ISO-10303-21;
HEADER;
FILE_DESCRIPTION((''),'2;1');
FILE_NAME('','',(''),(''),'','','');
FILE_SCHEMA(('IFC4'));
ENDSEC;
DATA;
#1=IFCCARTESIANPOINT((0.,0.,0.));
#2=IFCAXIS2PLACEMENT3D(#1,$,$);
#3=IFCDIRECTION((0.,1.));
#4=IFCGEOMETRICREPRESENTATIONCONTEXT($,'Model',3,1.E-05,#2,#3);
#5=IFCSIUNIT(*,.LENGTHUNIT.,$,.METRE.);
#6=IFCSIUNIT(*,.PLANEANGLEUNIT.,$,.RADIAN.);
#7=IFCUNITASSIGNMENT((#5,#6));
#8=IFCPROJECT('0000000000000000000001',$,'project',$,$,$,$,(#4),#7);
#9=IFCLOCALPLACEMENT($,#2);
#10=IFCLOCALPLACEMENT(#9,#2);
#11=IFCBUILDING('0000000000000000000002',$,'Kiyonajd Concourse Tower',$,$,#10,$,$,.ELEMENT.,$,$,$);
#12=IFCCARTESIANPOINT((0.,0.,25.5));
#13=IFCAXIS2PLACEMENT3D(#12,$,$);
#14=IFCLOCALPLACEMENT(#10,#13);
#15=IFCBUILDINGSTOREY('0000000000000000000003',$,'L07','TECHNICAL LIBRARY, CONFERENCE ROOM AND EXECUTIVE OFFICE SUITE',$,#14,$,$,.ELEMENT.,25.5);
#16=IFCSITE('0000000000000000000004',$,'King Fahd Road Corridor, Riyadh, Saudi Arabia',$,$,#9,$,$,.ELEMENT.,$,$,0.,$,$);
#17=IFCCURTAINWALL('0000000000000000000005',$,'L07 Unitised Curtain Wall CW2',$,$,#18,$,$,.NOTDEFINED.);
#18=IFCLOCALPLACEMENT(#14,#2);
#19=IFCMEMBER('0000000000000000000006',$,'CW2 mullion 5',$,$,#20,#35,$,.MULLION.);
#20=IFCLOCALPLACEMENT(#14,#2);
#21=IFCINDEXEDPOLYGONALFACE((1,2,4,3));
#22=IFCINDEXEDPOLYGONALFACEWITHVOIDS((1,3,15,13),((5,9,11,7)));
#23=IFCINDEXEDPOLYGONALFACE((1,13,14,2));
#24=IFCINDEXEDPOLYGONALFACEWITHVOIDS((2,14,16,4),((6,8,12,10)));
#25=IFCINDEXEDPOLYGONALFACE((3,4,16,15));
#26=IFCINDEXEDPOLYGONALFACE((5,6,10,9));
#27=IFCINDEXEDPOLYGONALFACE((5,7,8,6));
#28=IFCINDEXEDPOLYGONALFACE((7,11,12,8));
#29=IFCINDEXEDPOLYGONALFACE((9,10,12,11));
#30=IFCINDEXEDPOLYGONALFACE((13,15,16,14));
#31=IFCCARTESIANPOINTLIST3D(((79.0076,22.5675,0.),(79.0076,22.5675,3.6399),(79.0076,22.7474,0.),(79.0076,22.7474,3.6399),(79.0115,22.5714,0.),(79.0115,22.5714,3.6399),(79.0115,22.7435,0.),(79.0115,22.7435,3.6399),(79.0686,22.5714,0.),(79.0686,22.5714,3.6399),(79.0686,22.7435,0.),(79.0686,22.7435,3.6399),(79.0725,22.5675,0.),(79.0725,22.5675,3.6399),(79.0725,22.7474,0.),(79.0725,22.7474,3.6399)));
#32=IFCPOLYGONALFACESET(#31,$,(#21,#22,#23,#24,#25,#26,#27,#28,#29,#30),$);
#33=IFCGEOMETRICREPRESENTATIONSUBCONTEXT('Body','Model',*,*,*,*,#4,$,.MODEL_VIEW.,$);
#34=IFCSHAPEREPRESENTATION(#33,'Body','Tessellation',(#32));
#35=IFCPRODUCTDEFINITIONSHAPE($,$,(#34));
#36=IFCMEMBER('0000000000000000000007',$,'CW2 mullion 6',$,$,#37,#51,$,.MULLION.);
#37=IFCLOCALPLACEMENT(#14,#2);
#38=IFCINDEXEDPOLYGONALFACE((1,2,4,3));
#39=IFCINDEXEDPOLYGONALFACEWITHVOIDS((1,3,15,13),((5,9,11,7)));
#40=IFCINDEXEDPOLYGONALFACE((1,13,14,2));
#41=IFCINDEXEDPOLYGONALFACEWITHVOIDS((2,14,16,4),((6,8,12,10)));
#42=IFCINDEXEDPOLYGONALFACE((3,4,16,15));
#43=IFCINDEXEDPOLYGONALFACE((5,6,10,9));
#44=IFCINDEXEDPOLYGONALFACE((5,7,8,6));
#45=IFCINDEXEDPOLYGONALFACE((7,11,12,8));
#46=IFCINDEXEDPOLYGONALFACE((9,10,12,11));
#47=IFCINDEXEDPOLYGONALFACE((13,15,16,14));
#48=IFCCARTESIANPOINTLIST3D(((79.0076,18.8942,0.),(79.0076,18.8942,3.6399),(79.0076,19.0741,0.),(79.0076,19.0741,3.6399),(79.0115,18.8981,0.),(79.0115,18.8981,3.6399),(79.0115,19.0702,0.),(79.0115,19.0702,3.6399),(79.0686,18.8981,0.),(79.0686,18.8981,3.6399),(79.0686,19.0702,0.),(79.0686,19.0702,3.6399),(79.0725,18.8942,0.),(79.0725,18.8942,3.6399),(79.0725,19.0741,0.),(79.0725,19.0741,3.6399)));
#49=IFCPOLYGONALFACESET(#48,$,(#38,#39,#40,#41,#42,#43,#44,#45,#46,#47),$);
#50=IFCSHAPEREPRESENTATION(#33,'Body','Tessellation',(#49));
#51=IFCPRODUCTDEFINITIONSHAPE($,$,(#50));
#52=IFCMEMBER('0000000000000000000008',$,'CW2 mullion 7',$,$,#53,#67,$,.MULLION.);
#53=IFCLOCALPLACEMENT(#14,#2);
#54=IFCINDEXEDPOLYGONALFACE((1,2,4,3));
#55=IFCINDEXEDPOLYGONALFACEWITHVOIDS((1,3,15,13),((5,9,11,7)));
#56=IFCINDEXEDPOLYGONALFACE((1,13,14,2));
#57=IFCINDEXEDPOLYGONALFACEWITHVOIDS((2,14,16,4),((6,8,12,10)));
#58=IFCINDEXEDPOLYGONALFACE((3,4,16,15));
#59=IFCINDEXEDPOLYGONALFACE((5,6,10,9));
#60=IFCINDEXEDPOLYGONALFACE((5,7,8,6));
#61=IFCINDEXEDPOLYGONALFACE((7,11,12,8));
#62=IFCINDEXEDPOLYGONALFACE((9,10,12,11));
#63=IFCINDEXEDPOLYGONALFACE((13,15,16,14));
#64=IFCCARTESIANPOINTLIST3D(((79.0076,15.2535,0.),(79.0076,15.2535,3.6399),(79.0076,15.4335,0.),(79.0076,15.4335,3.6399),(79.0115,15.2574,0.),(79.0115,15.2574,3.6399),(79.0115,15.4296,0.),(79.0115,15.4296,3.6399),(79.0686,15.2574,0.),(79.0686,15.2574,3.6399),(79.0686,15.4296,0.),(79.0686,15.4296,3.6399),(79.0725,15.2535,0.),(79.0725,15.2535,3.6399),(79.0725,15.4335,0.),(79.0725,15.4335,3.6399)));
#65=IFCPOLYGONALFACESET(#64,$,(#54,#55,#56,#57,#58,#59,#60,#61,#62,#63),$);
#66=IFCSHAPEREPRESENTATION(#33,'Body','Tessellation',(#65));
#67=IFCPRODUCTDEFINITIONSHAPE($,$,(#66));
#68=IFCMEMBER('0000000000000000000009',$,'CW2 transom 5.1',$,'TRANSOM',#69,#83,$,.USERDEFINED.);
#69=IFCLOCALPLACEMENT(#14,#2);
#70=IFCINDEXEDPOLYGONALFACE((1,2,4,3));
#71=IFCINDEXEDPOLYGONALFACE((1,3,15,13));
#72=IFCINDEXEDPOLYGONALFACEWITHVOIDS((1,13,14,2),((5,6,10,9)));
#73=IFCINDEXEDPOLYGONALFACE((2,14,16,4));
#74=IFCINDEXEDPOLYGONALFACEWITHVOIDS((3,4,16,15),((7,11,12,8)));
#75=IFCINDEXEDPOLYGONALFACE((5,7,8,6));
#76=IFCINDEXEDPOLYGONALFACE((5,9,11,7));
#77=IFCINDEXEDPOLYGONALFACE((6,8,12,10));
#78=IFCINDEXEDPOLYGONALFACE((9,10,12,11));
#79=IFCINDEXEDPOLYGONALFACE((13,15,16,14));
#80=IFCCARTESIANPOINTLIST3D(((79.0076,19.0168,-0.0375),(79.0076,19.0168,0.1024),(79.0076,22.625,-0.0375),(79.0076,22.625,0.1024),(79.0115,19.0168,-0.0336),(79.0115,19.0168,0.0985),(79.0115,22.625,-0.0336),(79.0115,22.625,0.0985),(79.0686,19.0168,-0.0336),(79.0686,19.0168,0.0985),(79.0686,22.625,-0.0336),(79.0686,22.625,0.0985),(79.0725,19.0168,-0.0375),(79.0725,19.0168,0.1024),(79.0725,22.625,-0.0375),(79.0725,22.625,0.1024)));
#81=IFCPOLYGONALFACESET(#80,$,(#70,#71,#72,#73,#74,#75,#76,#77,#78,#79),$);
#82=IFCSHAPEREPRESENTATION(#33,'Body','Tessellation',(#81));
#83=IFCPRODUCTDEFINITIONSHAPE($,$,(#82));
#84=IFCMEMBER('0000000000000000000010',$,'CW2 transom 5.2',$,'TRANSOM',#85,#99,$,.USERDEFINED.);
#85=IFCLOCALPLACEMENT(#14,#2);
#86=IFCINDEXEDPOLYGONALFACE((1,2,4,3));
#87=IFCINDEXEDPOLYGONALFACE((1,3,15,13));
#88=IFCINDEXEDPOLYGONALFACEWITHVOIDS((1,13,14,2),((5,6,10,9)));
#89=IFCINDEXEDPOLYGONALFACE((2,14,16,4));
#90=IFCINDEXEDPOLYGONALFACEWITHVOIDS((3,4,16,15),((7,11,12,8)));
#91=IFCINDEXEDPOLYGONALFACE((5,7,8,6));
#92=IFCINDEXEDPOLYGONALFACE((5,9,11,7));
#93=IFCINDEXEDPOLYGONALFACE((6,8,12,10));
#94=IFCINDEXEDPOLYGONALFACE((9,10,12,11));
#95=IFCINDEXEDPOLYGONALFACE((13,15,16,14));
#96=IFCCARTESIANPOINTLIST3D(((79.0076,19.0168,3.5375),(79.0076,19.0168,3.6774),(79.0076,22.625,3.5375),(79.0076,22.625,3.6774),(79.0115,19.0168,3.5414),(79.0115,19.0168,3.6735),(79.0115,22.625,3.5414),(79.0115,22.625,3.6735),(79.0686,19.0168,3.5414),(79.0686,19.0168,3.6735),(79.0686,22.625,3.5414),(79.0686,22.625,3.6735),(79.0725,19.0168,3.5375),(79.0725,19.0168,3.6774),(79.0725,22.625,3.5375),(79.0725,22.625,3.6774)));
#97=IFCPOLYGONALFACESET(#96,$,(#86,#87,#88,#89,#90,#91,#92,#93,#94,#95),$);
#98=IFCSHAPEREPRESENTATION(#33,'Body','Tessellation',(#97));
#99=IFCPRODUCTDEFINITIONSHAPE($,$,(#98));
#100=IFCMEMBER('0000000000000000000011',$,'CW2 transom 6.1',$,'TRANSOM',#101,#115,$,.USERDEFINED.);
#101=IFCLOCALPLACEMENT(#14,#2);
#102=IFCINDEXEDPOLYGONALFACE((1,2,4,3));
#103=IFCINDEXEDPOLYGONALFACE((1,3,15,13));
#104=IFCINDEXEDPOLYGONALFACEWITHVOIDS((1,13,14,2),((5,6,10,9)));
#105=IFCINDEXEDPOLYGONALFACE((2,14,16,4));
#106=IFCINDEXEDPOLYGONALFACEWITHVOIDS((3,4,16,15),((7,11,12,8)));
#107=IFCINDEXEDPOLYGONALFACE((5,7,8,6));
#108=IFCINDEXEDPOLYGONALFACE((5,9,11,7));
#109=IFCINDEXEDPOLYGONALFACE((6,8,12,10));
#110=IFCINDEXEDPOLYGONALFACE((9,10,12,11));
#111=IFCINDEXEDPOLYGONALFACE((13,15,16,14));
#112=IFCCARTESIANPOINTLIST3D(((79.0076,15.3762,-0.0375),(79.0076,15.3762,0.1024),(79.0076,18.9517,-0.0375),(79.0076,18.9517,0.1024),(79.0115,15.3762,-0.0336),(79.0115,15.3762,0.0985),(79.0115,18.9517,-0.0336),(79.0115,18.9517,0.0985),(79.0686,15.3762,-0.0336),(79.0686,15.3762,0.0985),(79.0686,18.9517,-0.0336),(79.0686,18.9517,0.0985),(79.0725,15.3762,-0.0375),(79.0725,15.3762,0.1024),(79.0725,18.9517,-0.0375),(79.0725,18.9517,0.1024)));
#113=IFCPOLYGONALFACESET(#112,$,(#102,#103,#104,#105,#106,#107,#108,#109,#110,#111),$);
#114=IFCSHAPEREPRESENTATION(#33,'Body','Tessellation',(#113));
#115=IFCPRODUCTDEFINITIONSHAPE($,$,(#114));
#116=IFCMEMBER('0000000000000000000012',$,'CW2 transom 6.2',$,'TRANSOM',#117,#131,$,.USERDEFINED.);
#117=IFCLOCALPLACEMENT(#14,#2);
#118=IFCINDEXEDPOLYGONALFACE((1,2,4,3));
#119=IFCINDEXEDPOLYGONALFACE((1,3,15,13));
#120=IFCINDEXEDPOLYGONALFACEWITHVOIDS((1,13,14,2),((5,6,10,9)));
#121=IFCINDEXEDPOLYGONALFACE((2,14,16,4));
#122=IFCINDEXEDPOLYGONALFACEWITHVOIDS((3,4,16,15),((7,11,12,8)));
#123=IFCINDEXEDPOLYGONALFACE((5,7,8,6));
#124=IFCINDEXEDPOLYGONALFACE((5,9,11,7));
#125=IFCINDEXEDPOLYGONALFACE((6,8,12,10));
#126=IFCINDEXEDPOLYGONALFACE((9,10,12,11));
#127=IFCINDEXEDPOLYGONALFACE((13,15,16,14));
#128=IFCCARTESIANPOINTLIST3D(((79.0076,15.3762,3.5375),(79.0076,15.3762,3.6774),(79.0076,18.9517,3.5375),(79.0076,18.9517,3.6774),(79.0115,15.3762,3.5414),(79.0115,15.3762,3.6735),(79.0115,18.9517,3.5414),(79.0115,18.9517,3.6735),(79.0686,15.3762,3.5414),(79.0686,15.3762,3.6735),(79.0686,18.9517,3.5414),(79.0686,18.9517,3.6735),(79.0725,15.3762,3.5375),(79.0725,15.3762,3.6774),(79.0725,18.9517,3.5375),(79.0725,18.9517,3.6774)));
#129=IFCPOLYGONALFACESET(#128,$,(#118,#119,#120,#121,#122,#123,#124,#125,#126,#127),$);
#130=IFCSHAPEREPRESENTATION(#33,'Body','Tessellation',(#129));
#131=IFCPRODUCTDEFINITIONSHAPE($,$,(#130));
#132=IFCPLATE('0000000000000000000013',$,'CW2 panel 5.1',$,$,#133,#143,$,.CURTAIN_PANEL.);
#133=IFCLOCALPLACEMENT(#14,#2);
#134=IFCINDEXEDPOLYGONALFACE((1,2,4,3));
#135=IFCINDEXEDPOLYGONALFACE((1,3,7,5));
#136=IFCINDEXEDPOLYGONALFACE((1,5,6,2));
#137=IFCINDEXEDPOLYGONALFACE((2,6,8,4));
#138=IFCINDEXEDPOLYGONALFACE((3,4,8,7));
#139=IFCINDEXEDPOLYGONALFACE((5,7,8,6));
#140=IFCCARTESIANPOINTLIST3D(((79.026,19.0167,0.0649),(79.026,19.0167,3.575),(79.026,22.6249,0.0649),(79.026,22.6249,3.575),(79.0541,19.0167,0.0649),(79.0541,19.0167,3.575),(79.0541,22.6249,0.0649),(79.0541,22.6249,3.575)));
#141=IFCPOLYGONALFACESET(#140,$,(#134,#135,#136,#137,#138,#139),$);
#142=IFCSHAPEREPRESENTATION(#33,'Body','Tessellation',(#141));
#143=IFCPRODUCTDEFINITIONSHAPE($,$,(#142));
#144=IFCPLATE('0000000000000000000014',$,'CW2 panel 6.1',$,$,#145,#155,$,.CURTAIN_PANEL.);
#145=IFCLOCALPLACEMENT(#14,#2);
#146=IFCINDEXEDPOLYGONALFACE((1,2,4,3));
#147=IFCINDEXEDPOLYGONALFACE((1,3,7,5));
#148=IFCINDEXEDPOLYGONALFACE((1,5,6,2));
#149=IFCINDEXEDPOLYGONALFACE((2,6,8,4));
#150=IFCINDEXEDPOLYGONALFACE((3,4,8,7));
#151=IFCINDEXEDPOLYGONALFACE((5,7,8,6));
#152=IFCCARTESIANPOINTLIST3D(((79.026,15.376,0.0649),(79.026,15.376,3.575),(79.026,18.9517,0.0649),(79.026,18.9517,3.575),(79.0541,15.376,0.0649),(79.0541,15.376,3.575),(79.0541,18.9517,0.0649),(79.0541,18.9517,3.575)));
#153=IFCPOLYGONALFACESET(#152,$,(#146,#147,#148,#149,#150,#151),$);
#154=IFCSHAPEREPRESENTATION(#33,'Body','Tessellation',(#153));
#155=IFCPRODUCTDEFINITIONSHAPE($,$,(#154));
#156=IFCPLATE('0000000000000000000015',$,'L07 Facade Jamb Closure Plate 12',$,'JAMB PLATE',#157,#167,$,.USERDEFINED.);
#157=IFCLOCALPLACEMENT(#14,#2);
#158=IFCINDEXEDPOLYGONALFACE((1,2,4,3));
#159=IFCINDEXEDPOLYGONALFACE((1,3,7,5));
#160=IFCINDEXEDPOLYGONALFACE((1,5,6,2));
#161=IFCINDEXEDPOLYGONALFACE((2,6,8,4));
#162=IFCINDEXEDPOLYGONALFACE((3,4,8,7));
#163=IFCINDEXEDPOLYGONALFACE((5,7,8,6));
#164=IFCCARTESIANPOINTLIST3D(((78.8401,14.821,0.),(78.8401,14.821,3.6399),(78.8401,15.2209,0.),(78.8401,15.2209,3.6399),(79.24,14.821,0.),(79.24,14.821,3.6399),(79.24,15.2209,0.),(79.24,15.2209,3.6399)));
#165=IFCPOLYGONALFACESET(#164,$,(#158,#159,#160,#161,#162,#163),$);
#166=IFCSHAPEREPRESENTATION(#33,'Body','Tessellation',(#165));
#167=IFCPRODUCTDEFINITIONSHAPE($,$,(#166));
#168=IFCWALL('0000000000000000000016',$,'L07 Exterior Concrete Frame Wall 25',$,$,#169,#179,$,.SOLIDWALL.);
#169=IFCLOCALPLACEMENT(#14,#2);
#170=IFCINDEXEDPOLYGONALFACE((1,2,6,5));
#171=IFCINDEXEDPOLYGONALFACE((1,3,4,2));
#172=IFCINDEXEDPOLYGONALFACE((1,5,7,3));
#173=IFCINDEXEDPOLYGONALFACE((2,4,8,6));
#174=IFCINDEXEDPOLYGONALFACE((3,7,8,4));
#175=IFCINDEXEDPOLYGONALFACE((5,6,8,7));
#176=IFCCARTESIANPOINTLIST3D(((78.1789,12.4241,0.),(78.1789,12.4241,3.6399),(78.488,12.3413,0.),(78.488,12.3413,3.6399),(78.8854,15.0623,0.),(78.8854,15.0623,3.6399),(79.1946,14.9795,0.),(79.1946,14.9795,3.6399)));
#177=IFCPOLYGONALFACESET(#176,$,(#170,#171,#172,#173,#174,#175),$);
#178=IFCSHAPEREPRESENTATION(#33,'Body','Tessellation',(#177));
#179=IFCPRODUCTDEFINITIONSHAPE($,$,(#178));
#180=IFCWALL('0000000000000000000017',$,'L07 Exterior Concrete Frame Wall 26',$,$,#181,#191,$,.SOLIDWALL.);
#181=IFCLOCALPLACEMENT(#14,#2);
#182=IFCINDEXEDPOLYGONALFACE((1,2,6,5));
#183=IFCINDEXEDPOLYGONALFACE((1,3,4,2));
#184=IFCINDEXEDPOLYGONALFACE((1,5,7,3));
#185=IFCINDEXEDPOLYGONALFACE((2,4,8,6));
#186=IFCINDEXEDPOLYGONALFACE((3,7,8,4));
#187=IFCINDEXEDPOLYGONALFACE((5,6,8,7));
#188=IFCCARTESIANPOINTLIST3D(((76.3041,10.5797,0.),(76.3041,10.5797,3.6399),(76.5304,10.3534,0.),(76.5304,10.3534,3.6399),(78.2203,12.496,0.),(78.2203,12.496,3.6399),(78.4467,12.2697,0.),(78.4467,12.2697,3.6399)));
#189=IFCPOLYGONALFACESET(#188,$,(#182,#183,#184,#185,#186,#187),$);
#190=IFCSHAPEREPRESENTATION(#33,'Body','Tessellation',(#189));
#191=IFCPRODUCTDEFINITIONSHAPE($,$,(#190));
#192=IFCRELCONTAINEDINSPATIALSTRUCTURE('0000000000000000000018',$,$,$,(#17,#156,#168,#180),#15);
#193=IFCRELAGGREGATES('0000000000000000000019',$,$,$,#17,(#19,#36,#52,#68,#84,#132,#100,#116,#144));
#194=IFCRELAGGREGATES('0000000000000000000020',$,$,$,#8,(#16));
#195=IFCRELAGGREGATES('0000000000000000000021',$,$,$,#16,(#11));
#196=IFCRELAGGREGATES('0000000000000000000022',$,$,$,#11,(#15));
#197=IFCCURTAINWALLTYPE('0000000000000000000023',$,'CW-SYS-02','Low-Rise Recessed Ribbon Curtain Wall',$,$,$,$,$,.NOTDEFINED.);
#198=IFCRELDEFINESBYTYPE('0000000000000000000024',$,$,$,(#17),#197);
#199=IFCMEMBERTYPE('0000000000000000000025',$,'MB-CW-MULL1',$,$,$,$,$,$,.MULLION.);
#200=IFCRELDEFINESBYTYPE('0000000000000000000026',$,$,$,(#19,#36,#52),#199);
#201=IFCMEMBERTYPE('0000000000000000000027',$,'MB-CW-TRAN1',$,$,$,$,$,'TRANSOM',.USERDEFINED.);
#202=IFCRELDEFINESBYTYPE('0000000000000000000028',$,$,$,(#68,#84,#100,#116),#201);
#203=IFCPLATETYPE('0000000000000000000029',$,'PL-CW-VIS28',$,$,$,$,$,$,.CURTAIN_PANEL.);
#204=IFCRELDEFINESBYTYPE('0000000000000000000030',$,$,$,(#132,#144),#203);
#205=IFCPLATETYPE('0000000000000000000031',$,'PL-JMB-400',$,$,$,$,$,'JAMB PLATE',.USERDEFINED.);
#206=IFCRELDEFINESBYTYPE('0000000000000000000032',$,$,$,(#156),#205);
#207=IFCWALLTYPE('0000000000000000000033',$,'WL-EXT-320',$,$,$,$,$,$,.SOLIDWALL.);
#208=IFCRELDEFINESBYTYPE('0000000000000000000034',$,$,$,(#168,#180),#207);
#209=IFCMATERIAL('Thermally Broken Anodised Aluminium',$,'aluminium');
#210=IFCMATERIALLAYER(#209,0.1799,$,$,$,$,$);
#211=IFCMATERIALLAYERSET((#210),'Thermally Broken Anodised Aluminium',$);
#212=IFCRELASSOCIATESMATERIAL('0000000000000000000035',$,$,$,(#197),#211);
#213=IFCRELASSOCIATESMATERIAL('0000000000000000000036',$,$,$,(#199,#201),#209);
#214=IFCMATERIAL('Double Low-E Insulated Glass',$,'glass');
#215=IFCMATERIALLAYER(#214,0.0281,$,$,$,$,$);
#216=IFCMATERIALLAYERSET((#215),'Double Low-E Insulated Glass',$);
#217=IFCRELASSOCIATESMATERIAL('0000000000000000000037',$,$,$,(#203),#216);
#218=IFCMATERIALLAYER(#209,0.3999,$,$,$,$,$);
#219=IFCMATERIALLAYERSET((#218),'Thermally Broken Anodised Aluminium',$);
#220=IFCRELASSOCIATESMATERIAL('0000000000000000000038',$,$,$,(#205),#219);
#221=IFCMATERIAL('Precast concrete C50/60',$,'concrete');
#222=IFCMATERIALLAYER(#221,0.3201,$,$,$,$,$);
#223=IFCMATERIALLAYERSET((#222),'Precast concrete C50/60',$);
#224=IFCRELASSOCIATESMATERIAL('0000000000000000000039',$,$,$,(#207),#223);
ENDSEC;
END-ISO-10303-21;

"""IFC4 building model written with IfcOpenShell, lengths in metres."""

from ifc_helpers import new_model, si_unit, direction, frame, frame_2d, origin, origin_2d, place, context, subcontext, project, spatial, rectangle, hollow_rectangle, extrude, material, layer, layer_set, material_profile, profile_set, type_object, element, aggregate, save


model = new_model("IFC4")

# Units and contexts
model_context = context("Model", 3, precision=1e-05, world=origin(), true_north=direction((0.0, 1.0)))
body_context = subcontext(model_context, "Body", "Model", "MODEL_VIEW")
ifc_project = project(units=[si_unit("LENGTHUNIT", "METRE"), si_unit("PLANEANGLEUNIT", "RADIAN")], contexts=[model_context])

# Site, building, storey
site_placement = place(None, origin())
site = spatial("IfcSite", under=ifc_project, at=site_placement, Name="King Fahd Road Corridor, Riyadh, Saudi Arabia", CompositionType="ELEMENT", RefElevation=0.0)
building_placement = place(site_placement, origin())
building = spatial("IfcBuilding", under=site, at=building_placement, Name="Kiyonajd Concourse Tower", CompositionType="ELEMENT")
storey_placement = place(building_placement, frame((0.0, 0.0, 25.5)))
storey = spatial("IfcBuildingStorey", under=building, at=storey_placement, Name="L07", Description="TECHNICAL LIBRARY, CONFERENCE ROOM AND EXECUTIVE OFFICE SUITE", CompositionType="ELEMENT", Elevation=25.5)

# Shared definitions
ifc_material_1 = material(Name="Precast concrete C50/60", Category="concrete")

# Curtain wall, members, plates
ifc_material_2 = material(Name="Thermally Broken Anodised Aluminium", Category="aluminium")
ifc_layer_1 = layer(ifc_material_2, 0.1799)
ifc_layer_set_1 = layer_set([ifc_layer_1], Name="Thermally Broken Anodised Aluminium")
curtain_wall_type = type_object("IfcCurtainWallType", Name="CW-SYS-02", Description="Low-Rise Recessed Ribbon Curtain Wall", PredefinedType="NOTDEFINED", material=ifc_layer_set_1)
curtain_wall_placement = place(storey_placement, origin())
curtain_wall = element("IfcCurtainWall", 1, at=curtain_wall_placement, inside=storey, type_object=curtain_wall_type, Name="L07 Unitised Curtain Wall CW2", PredefinedType="NOTDEFINED")
ifc_material_profile_1 = material_profile(ifc_material_2, hollow_rectangle(XDim=0.0649, YDim=0.1799, WallThickness=0.0039, at=origin_2d()), Name="MULL-65x180")
ifc_profile_set_1 = profile_set([ifc_material_profile_1], Name="Thermally Broken Anodised Aluminium")
member_type_1 = type_object("IfcMemberType", Name="MB-CW-MULL1", PredefinedType="MULLION", material=ifc_profile_set_1)
member_1_placement = place(storey_placement, frame((79.04, 22.6575, 0.0), z_axis=(0.0, 0.0, 1.0), x_axis=(1.0, 0.0, 0.0)))
member_1 = element("IfcMember", 2, at=member_1_placement, type_object=member_type_1, Name="CW2 mullion 5", PredefinedType="MULLION", context=body_context, shape_type="SweptSolid", body=[
    extrude(hollow_rectangle(XDim=0.0649, YDim=0.1799, WallThickness=0.0039, at=origin_2d()), origin(), (0.0, 0.0, 1.0), 3.6399),
])
member_2_placement = place(storey_placement, frame((79.04, 18.9841, 0.0), z_axis=(0.0, 0.0, 1.0), x_axis=(1.0, 0.0, 0.0)))
member_2 = element("IfcMember", 3, at=member_2_placement, type_object=member_type_1, Name="CW2 mullion 6", PredefinedType="MULLION", context=body_context, shape_type="SweptSolid", body=[
    extrude(hollow_rectangle(XDim=0.0649, YDim=0.1799, WallThickness=0.0039, at=origin_2d()), origin(), (0.0, 0.0, 1.0), 3.6399),
])
member_3_placement = place(storey_placement, frame((79.04, 15.3435, 0.0), z_axis=(0.0, 0.0, 1.0), x_axis=(1.0, 0.0, 0.0)))
member_3 = element("IfcMember", 4, at=member_3_placement, type_object=member_type_1, Name="CW2 mullion 7", PredefinedType="MULLION", context=body_context, shape_type="SweptSolid", body=[
    extrude(hollow_rectangle(XDim=0.0649, YDim=0.1799, WallThickness=0.0039, at=origin_2d()), origin(), (0.0, 0.0, 1.0), 3.6399),
])
ifc_material_profile_2 = material_profile(ifc_material_2, hollow_rectangle(XDim=0.0649, YDim=0.1399, WallThickness=0.0039, at=origin_2d()), Name="TRAN-65x140")
ifc_profile_set_2 = profile_set([ifc_material_profile_2], Name="Thermally Broken Anodised Aluminium")
member_type_2 = type_object("IfcMemberType", Name="MB-CW-TRAN1", ElementType="TRANSOM", PredefinedType="USERDEFINED", material=ifc_profile_set_2)
member_4_placement = place(storey_placement, frame((79.04, 22.625, 0.0325), z_axis=(0.0, -1.0, 0.0), x_axis=(1.0, 0.0, 0.0)))
member_4 = element("IfcMember", 5, at=member_4_placement, type_object=member_type_2, Name="CW2 transom 5.1", ObjectType="TRANSOM", PredefinedType="USERDEFINED", context=body_context, shape_type="SweptSolid", body=[
    extrude(hollow_rectangle(XDim=0.0649, YDim=0.1399, WallThickness=0.0039, at=origin_2d()), origin(), (0.0, 0.0, 1.0), 3.6082),
])
member_5_placement = place(storey_placement, frame((79.04, 22.625, 3.6074), z_axis=(0.0, -1.0, 0.0), x_axis=(1.0, 0.0, 0.0)))
member_5 = element("IfcMember", 6, at=member_5_placement, type_object=member_type_2, Name="CW2 transom 5.2", ObjectType="TRANSOM", PredefinedType="USERDEFINED", context=body_context, shape_type="SweptSolid", body=[
    extrude(hollow_rectangle(XDim=0.0649, YDim=0.1399, WallThickness=0.0039, at=origin_2d()), origin(), (0.0, 0.0, 1.0), 3.6082),
])
member_6_placement = place(storey_placement, frame((79.04, 18.9517, 0.0325), z_axis=(0.0, -1.0, 0.0), x_axis=(1.0, 0.0, 0.0)))
member_6 = element("IfcMember", 7, at=member_6_placement, type_object=member_type_2, Name="CW2 transom 6.1", ObjectType="TRANSOM", PredefinedType="USERDEFINED", context=body_context, shape_type="SweptSolid", body=[
    extrude(hollow_rectangle(XDim=0.0649, YDim=0.1399, WallThickness=0.0039, at=origin_2d()), origin(), (0.0, 0.0, 1.0), 3.5754),
])
member_7_placement = place(storey_placement, frame((79.04, 18.9517, 3.6074), z_axis=(0.0, -1.0, 0.0), x_axis=(1.0, 0.0, 0.0)))
member_7 = element("IfcMember", 8, at=member_7_placement, type_object=member_type_2, Name="CW2 transom 6.2", ObjectType="TRANSOM", PredefinedType="USERDEFINED", context=body_context, shape_type="SweptSolid", body=[
    extrude(hollow_rectangle(XDim=0.0649, YDim=0.1399, WallThickness=0.0039, at=origin_2d()), origin(), (0.0, 0.0, 1.0), 3.5754),
])
ifc_material_3 = material(Name="Double Low-E Insulated Glass", Category="glass")
ifc_layer_2 = layer(ifc_material_3, 0.0281)
ifc_layer_set_2 = layer_set([ifc_layer_2], Name="Double Low-E Insulated Glass")
plate_type_1 = type_object("IfcPlateType", Name="PL-CW-VIS28", PredefinedType="CURTAIN_PANEL", material=ifc_layer_set_2)
plate_1_placement = place(storey_placement, frame((79.04, 20.8208, 0.0649), z_axis=(0.0, 0.0, 1.0), x_axis=(0.0, -1.0, 0.0)))
plate_1 = element("IfcPlate", 9, at=plate_1_placement, type_object=plate_type_1, Name="CW2 panel 5.1", PredefinedType="CURTAIN_PANEL", context=body_context, shape_type="SweptSolid", body=[
    extrude(rectangle(XDim=3.6082, YDim=0.0281, at=origin_2d()), origin(), (0.0, 0.0, 1.0), 3.51),
])
plate_2_placement = place(storey_placement, frame((79.04, 17.1638, 0.0649), z_axis=(0.0, 0.0, 1.0), x_axis=(0.0, -1.0, 0.0)))
plate_2 = element("IfcPlate", 10, at=plate_2_placement, type_object=plate_type_1, Name="CW2 panel 6.1", PredefinedType="CURTAIN_PANEL", context=body_context, shape_type="SweptSolid", body=[
    extrude(rectangle(XDim=3.5757, YDim=0.0281, at=origin_2d()), origin(), (0.0, 0.0, 1.0), 3.51),
])
aggregate(curtain_wall, [member_1, member_2, member_3, member_4, member_5, plate_1, member_6, member_7, plate_2])

# Plate
ifc_layer_3 = layer(ifc_material_2, 0.3999)
ifc_layer_set_3 = layer_set([ifc_layer_3], Name="Thermally Broken Anodised Aluminium")
plate_type_2 = type_object("IfcPlateType", Name="PL-JMB-400", ElementType="JAMB PLATE", PredefinedType="USERDEFINED", material=ifc_layer_set_3)
plate_3_placement = place(storey_placement, frame((79.04, 15.021, 0.0), z_axis=(0.0, 0.0, 1.0), x_axis=(1.0, 0.0, 0.0)))
element("IfcPlate", 11, at=plate_3_placement, inside=storey, type_object=plate_type_2, Name="L07 Facade Jamb Closure Plate 12", ObjectType="JAMB PLATE", PredefinedType="USERDEFINED", context=body_context, shape_type="SweptSolid", body=[
    extrude(rectangle(XDim=0.3999, YDim=0.3999, at=origin_2d()), origin(), (0.0, 0.0, 1.0), 3.6399),
])

# Walls
ifc_layer_4 = layer(ifc_material_1, 0.3201)
ifc_layer_set_4 = layer_set([ifc_layer_4], Name="Precast concrete C50/60")
wall_type = type_object("IfcWallType", Name="WL-EXT-320", PredefinedType="SOLIDWALL", material=ifc_layer_set_4)
wall_1_placement = place(storey_placement, frame((79.04, 15.021, 0.0), z_axis=(0.0, 0.0, 1.0), x_axis=(-0.258697, -0.965958, 0.0)))
element("IfcWall", 12, at=wall_1_placement, inside=storey, type_object=wall_type, Name="L07 Exterior Concrete Frame Wall 25", PredefinedType="SOLIDWALL", context=body_context, shape_type="SweptSolid", body=[
    extrude(rectangle(XDim=2.7312, YDim=0.3201, at=frame_2d((1.3657, 0.0))), origin(), (0.0, 0.0, 1.0), 3.6399),
])
wall_2_placement = place(storey_placement, frame((78.3335, 12.3828, 0.0), z_axis=(0.0, 0.0, 1.0), x_axis=(-0.707107, -0.707107, 0.0)))
element("IfcWall", 13, at=wall_2_placement, inside=storey, type_object=wall_type, Name="L07 Exterior Concrete Frame Wall 26", PredefinedType="SOLIDWALL", context=body_context, shape_type="SweptSolid", body=[
    extrude(rectangle(XDim=2.71, YDim=0.3201, at=frame_2d((1.355, 0.0))), origin(), (0.0, 0.0, 1.0), 3.6399),
])

save(model, "model.ifc")
